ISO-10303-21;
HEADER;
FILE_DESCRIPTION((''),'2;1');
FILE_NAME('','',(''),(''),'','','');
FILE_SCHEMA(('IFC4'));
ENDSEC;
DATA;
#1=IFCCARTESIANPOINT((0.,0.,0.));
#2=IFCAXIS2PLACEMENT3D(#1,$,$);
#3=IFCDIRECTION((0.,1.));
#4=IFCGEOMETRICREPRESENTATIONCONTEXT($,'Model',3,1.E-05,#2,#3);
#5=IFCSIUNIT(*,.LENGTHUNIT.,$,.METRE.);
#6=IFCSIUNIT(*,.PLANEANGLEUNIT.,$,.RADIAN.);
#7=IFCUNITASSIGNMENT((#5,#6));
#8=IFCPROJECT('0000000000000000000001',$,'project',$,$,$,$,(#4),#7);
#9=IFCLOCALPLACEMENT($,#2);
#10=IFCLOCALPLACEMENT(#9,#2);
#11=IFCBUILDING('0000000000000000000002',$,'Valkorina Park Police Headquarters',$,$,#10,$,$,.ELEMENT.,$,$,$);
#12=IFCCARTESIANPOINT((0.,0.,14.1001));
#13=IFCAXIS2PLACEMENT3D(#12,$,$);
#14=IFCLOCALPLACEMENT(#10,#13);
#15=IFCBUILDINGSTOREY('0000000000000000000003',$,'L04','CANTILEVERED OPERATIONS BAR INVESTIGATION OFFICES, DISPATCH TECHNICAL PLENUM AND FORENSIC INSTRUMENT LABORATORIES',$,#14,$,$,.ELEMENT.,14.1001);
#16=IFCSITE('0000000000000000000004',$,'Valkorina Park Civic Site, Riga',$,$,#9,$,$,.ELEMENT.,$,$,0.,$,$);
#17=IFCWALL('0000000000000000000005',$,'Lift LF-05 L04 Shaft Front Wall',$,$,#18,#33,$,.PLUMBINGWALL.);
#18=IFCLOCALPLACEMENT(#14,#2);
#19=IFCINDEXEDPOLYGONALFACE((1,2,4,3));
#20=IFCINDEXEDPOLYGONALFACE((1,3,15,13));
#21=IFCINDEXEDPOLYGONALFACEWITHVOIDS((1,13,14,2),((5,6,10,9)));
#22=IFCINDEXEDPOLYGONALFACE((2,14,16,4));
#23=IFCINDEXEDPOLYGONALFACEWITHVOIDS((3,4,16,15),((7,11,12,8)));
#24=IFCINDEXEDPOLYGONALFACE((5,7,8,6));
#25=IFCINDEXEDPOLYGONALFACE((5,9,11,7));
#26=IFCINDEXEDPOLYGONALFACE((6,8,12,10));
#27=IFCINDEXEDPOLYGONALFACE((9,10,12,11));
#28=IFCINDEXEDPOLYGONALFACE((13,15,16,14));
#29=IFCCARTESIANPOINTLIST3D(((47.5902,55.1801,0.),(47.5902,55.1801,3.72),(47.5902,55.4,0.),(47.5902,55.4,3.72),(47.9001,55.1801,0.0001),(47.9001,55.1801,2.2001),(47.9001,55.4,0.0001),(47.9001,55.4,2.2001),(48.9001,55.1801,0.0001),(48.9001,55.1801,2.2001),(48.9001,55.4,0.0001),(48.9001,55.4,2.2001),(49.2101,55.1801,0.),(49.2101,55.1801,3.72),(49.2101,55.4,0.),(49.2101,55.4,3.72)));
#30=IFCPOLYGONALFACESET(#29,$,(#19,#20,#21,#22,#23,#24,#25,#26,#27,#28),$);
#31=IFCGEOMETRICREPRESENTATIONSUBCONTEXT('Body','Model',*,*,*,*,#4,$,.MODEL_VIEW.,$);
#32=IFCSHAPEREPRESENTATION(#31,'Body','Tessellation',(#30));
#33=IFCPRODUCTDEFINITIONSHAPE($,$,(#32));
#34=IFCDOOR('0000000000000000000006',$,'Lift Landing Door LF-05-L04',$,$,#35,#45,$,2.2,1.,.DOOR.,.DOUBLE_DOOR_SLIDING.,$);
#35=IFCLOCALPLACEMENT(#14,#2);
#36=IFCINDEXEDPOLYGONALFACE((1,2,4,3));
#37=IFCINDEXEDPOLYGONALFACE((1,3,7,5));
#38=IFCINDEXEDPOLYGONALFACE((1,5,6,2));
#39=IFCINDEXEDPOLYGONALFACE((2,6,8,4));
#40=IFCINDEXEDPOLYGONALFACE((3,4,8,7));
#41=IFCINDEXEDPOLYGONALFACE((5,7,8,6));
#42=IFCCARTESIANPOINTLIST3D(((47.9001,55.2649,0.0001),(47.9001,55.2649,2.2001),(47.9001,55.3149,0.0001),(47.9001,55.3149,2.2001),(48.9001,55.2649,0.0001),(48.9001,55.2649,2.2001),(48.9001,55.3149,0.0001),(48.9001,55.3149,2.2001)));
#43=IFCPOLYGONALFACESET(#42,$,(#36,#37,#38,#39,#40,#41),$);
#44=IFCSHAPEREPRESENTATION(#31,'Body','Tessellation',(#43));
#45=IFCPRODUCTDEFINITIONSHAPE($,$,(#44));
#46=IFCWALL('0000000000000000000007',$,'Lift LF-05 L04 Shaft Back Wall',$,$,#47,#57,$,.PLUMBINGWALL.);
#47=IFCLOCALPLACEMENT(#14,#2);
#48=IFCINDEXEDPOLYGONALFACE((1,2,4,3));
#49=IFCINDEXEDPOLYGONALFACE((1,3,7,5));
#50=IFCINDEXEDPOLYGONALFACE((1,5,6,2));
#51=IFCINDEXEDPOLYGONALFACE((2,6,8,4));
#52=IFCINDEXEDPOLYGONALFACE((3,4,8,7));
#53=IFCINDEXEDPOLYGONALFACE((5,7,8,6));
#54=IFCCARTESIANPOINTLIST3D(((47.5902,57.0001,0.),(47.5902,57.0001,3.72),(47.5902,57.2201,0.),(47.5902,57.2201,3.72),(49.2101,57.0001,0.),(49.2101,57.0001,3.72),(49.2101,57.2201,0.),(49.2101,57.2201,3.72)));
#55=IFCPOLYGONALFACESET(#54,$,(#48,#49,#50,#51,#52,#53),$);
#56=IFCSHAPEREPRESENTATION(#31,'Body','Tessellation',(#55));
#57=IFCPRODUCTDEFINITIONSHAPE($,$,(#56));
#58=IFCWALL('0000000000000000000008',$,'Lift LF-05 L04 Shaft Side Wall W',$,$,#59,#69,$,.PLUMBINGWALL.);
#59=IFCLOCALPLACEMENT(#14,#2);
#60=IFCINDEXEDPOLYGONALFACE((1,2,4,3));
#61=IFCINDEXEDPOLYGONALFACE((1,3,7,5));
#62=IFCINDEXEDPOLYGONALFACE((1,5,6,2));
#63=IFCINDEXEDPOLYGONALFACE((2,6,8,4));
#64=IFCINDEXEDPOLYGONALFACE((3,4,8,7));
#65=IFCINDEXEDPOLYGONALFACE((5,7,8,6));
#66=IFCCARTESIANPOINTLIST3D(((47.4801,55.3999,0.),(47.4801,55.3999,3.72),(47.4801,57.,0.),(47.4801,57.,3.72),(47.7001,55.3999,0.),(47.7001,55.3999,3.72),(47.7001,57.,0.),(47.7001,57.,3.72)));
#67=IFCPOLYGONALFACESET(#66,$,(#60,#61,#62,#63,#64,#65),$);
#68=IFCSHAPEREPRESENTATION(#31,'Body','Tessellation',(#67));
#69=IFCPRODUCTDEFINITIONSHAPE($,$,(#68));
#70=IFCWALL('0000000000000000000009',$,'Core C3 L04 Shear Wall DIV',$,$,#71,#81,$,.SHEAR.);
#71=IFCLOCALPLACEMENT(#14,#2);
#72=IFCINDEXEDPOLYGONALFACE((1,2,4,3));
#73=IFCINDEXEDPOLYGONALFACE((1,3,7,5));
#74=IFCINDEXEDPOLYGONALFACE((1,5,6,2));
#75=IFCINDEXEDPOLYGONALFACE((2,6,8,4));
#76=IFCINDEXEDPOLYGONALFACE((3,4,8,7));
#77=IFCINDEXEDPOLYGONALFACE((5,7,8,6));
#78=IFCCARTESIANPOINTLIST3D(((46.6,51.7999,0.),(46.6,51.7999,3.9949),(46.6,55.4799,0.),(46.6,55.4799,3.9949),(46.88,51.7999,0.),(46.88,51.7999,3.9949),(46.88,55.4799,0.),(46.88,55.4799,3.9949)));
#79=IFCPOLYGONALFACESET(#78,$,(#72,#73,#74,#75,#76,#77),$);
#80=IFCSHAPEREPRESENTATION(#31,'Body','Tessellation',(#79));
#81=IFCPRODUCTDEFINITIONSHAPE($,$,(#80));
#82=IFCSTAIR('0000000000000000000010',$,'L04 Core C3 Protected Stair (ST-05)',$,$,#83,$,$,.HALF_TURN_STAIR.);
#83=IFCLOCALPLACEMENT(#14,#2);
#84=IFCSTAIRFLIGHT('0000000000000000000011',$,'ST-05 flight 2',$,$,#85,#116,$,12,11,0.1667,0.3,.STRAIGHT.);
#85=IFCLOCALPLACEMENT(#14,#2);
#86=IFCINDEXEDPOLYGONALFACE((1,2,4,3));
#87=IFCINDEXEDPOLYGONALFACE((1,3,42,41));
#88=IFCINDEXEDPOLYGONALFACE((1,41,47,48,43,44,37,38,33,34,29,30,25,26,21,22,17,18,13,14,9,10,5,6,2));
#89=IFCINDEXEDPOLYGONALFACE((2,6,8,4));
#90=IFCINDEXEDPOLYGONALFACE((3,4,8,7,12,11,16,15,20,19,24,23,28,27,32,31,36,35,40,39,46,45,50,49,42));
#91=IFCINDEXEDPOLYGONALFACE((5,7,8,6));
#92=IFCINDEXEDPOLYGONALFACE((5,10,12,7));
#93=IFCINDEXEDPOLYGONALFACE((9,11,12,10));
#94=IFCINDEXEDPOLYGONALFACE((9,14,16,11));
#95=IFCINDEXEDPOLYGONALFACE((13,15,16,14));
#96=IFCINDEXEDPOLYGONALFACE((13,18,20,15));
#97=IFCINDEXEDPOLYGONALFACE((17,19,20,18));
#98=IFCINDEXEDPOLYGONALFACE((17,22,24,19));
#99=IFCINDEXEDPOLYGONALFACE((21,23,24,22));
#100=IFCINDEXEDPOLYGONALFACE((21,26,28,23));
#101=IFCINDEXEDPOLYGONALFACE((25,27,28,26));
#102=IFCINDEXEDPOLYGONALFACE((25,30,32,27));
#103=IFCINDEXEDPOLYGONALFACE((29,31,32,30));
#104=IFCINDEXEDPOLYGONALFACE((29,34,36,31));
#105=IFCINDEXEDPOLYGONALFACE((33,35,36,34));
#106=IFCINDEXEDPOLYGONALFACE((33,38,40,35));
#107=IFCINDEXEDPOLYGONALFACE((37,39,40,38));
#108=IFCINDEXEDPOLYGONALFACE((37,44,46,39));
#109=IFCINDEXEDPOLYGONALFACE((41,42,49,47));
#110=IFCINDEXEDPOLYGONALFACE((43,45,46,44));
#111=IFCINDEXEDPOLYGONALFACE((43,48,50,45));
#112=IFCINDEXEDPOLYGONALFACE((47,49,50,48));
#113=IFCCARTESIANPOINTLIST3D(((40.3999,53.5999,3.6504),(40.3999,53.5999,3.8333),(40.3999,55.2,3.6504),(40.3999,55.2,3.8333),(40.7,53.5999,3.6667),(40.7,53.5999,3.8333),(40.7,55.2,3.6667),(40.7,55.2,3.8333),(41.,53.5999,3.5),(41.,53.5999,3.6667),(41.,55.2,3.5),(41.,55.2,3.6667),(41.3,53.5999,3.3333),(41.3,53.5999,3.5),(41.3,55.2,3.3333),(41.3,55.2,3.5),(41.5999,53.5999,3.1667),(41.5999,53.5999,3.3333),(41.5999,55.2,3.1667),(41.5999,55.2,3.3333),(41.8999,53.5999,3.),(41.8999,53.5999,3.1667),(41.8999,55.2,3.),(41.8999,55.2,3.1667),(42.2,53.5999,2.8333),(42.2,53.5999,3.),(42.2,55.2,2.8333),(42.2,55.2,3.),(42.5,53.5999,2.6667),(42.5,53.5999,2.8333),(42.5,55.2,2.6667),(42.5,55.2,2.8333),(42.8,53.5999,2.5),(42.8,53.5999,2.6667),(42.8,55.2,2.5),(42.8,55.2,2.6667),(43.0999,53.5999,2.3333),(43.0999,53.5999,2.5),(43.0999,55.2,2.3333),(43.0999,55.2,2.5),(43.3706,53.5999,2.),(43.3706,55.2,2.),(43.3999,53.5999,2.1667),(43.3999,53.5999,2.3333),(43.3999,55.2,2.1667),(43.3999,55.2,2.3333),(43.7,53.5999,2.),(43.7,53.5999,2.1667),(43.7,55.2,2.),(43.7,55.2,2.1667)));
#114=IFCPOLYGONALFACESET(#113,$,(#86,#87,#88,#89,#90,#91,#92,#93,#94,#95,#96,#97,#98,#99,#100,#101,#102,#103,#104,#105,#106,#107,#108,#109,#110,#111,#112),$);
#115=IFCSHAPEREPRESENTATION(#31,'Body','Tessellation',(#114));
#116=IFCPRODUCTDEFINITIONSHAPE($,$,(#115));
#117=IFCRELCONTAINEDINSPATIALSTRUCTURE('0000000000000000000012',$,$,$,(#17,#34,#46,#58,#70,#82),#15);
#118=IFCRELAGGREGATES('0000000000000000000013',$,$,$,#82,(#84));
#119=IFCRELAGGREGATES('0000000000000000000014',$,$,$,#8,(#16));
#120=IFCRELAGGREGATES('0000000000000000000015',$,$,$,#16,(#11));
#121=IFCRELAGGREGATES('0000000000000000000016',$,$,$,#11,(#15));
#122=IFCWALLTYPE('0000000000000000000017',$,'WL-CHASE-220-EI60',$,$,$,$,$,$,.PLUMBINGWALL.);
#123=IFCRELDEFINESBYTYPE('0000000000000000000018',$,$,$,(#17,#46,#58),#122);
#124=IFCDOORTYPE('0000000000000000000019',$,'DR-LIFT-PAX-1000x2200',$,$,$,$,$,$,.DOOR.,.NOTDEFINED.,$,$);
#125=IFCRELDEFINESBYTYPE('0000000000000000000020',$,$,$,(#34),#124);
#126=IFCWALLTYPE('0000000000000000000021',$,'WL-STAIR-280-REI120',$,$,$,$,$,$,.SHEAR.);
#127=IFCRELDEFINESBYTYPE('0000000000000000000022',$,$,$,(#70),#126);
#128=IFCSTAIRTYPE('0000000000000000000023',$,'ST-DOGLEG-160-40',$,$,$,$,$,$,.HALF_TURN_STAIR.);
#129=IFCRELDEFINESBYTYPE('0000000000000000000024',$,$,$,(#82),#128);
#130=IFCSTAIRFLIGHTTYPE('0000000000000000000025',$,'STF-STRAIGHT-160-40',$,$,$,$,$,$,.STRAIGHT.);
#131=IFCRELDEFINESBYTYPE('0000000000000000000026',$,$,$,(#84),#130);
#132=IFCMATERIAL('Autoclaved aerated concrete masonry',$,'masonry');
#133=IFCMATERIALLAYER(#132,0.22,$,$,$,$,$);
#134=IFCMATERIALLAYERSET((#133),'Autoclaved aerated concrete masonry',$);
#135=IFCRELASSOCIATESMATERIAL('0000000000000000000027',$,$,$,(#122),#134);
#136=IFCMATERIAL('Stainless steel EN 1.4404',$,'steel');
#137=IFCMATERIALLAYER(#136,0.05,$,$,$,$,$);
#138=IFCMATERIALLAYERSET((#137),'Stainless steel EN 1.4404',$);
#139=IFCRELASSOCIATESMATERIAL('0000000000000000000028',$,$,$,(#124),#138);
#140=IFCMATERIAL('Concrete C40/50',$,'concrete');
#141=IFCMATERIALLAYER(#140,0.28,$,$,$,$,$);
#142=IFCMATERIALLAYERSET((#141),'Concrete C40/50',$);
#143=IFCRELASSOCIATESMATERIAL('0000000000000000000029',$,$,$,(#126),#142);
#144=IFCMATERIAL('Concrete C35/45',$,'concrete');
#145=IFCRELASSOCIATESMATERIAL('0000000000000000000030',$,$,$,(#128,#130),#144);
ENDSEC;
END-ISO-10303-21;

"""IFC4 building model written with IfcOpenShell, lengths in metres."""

from ifc_helpers import new_model, si_unit, direction, frame, frame_2d, origin, place, context, subcontext, project, spatial, polyline, rectangle, outline, extrude, material, layer, layer_set, type_object, element, fill, aggregate, save


model = new_model("IFC4")

# Units and contexts
model_context = context("Model", 3, precision=1e-05, world=origin(), true_north=direction((0.0, 1.0)))
body_context = subcontext(model_context, "Body", "Model", "MODEL_VIEW")
ifc_project = project(units=[si_unit("LENGTHUNIT", "METRE"), si_unit("PLANEANGLEUNIT", "RADIAN")], contexts=[model_context])

# Site, building, storey
site_placement = place(None, origin())
site = spatial("IfcSite", under=ifc_project, at=site_placement, Name="Valkorina Park Civic Site, Riga", CompositionType="ELEMENT", RefElevation=0.0)
building_placement = place(site_placement, origin())
building = spatial("IfcBuilding", under=site, at=building_placement, Name="Valkorina Park Police Headquarters", CompositionType="ELEMENT")
storey_placement = place(building_placement, frame((0.0, 0.0, 14.1001)))
storey = spatial("IfcBuildingStorey", under=building, at=storey_placement, Name="L04", Description="CANTILEVERED OPERATIONS BAR INVESTIGATION OFFICES, DISPATCH TECHNICAL PLENUM AND FORENSIC INSTRUMENT LABORATORIES", CompositionType="ELEMENT", Elevation=14.1001)

# Wall, opening, door
ifc_material_1 = material(Name="Autoclaved aerated concrete masonry", Category="masonry")
ifc_layer_1 = layer(ifc_material_1, 0.22)
ifc_layer_set_1 = layer_set([ifc_layer_1], Name="Autoclaved aerated concrete masonry")
wall_type_1 = type_object("IfcWallType", Name="WL-CHASE-220-EI60", PredefinedType="PLUMBINGWALL", material=ifc_layer_set_1)
wall_1_placement = place(storey_placement, frame((47.5901, 55.29, 0.0), z_axis=(0.0, 0.0, 1.0), x_axis=(1.0, 0.0, 0.0)))
wall_1 = element("IfcWall", 1, at=wall_1_placement, inside=storey, type_object=wall_type_1, Name="Lift LF-05 L04 Shaft Front Wall", PredefinedType="PLUMBINGWALL", context=body_context, shape_type="SweptSolid", body=[
    extrude(rectangle(XDim=1.6199, YDim=0.22, at=frame_2d((0.8101, 0.0))), origin(), (0.0, 0.0, 1.0), 3.72),
])
opening_placement = place(wall_1_placement, frame((0.3101, 0.0, 0.0)))
opening = element("IfcOpeningElement", 2, at=opening_placement, cuts=wall_1, PredefinedType="OPENING", context=body_context, shape_type="SweptSolid", body=[
    extrude(rectangle(XDim=1.0, YDim=2.2, at=frame_2d((0.5, 1.1001))), frame((0.0, 0.1201, 0.0), z_axis=(0.0, -1.0, 0.0), x_axis=(1.0, 0.0, 0.0)), (0.0, 0.0, 1.0), 0.24),
])
ifc_material_2 = material(Name="Stainless steel EN 1.4404", Category="steel")
ifc_layer_2 = layer(ifc_material_2, 0.05)
ifc_layer_set_2 = layer_set([ifc_layer_2], Name="Stainless steel EN 1.4404")
door_type = type_object("IfcDoorType", Name="DR-LIFT-PAX-1000x2200", OperationType="NOTDEFINED", PredefinedType="DOOR", material=ifc_layer_set_2)
door_placement = place(opening_placement, origin())
door = element("IfcDoor", 3, at=door_placement, inside=storey, type_object=door_type, Name="Lift Landing Door LF-05-L04", OperationType="DOUBLE_DOOR_SLIDING", OverallHeight=2.2, OverallWidth=1.0, PredefinedType="DOOR", context=body_context, shape_type="SweptSolid", body=[
    extrude(rectangle(XDim=1.0, YDim=2.2, at=frame_2d((0.5, 1.1001))), frame((0.0, 0.0249, 0.0), z_axis=(0.0, -1.0, 0.0), x_axis=(1.0, 0.0, 0.0)), (0.0, 0.0, 1.0), 0.05),
])
fill(opening, door)

# Walls
wall_2_placement = place(storey_placement, frame((47.5901, 57.1101, 0.0), z_axis=(0.0, 0.0, 1.0), x_axis=(1.0, 0.0, 0.0)))
element("IfcWall", 4, at=wall_2_placement, inside=storey, type_object=wall_type_1, Name="Lift LF-05 L04 Shaft Back Wall", PredefinedType="PLUMBINGWALL", context=body_context, shape_type="SweptSolid", body=[
    extrude(rectangle(XDim=1.6199, YDim=0.22, at=frame_2d((0.8101, 0.0))), origin(), (0.0, 0.0, 1.0), 3.72),
])
wall_3_placement = place(storey_placement, frame((47.5901, 55.3999, 0.0), z_axis=(0.0, 0.0, 1.0), x_axis=(0.0, 1.0, 0.0)))
element("IfcWall", 5, at=wall_3_placement, inside=storey, type_object=wall_type_1, Name="Lift LF-05 L04 Shaft Side Wall W", PredefinedType="PLUMBINGWALL", context=body_context, shape_type="SweptSolid", body=[
    extrude(rectangle(XDim=1.6001, YDim=0.22, at=frame_2d((0.8, 0.0))), origin(), (0.0, 0.0, 1.0), 3.72),
])
ifc_material_3 = material(Name="Concrete C40/50", Category="concrete")
ifc_layer_3 = layer(ifc_material_3, 0.28)
ifc_layer_set_3 = layer_set([ifc_layer_3], Name="Concrete C40/50")
wall_type_2 = type_object("IfcWallType", Name="WL-STAIR-280-REI120", PredefinedType="SHEAR", material=ifc_layer_set_3)
wall_4_placement = place(storey_placement, frame((46.74, 51.8, 0.0), z_axis=(0.0, 0.0, 1.0), x_axis=(0.0, 1.0, 0.0)))
element("IfcWall", 6, at=wall_4_placement, inside=storey, type_object=wall_type_2, Name="Core C3 L04 Shear Wall DIV", PredefinedType="SHEAR", context=body_context, shape_type="SweptSolid", body=[
    extrude(rectangle(XDim=3.6799, YDim=0.28, at=frame_2d((1.8398, 0.0))), origin(), (0.0, 0.0, 1.0), 3.9949),
])

# Stair, stair flight
ifc_material_4 = material(Name="Concrete C35/45", Category="concrete")
stair_type = type_object("IfcStairType", Name="ST-DOGLEG-160-40", PredefinedType="HALF_TURN_STAIR", material=ifc_material_4)
stair_placement = place(storey_placement, origin())
stair = element("IfcStair", 7, at=stair_placement, inside=storey, type_object=stair_type, Name="L04 Core C3 Protected Stair (ST-05)", PredefinedType="HALF_TURN_STAIR")
stair_flight_type = type_object("IfcStairFlightType", Name="STF-STRAIGHT-160-40", PredefinedType="STRAIGHT", material=ifc_material_4)
stair_flight_placement = place(storey_placement, frame((43.7, 54.3999, 2.0), z_axis=(0.0, 0.0, 1.0), x_axis=(-1.0, 0.0, 0.0)))
stair_flight = element("IfcStairFlight", 8, at=stair_flight_placement, type_object=stair_flight_type, Name="ST-05 flight 2", NumberOfRisers=12, NumberOfTreads=11, PredefinedType="STRAIGHT", RiserHeight=0.1667, TreadLength=0.3, context=body_context, shape_type="SweptSolid", body=[
    extrude(outline(polyline([(0.0, 0.0), (0.0, 0.1667), (0.3, 0.1667), (0.3, 0.3333), (0.6001, 0.3333), (0.6001, 0.5), (0.8999, 0.5), (0.8999, 0.6667), (1.2, 0.6667), (1.2, 0.8333), (1.5, 0.8333), (1.5, 1.0), (1.8, 1.0), (1.8, 1.1667), (2.1001, 1.1667), (2.1001, 1.3333), (2.3999, 1.3333), (2.3999, 1.5), (2.7, 1.5), (2.7, 1.6667), (3.0, 1.6667), (3.0, 1.8333), (3.3, 1.8333), (3.3, 2.0), (3.3, 1.6504), (0.3293, 0.0), (0.0, 0.0)])), frame((0.0, 0.8, 0.0), z_axis=(0.0, -1.0, 0.0), x_axis=(1.0, 0.0, 0.0)), (0.0, 0.0, 1.0), 1.6001),
])
aggregate(stair, [stair_flight])

save(model, "model.ifc")
